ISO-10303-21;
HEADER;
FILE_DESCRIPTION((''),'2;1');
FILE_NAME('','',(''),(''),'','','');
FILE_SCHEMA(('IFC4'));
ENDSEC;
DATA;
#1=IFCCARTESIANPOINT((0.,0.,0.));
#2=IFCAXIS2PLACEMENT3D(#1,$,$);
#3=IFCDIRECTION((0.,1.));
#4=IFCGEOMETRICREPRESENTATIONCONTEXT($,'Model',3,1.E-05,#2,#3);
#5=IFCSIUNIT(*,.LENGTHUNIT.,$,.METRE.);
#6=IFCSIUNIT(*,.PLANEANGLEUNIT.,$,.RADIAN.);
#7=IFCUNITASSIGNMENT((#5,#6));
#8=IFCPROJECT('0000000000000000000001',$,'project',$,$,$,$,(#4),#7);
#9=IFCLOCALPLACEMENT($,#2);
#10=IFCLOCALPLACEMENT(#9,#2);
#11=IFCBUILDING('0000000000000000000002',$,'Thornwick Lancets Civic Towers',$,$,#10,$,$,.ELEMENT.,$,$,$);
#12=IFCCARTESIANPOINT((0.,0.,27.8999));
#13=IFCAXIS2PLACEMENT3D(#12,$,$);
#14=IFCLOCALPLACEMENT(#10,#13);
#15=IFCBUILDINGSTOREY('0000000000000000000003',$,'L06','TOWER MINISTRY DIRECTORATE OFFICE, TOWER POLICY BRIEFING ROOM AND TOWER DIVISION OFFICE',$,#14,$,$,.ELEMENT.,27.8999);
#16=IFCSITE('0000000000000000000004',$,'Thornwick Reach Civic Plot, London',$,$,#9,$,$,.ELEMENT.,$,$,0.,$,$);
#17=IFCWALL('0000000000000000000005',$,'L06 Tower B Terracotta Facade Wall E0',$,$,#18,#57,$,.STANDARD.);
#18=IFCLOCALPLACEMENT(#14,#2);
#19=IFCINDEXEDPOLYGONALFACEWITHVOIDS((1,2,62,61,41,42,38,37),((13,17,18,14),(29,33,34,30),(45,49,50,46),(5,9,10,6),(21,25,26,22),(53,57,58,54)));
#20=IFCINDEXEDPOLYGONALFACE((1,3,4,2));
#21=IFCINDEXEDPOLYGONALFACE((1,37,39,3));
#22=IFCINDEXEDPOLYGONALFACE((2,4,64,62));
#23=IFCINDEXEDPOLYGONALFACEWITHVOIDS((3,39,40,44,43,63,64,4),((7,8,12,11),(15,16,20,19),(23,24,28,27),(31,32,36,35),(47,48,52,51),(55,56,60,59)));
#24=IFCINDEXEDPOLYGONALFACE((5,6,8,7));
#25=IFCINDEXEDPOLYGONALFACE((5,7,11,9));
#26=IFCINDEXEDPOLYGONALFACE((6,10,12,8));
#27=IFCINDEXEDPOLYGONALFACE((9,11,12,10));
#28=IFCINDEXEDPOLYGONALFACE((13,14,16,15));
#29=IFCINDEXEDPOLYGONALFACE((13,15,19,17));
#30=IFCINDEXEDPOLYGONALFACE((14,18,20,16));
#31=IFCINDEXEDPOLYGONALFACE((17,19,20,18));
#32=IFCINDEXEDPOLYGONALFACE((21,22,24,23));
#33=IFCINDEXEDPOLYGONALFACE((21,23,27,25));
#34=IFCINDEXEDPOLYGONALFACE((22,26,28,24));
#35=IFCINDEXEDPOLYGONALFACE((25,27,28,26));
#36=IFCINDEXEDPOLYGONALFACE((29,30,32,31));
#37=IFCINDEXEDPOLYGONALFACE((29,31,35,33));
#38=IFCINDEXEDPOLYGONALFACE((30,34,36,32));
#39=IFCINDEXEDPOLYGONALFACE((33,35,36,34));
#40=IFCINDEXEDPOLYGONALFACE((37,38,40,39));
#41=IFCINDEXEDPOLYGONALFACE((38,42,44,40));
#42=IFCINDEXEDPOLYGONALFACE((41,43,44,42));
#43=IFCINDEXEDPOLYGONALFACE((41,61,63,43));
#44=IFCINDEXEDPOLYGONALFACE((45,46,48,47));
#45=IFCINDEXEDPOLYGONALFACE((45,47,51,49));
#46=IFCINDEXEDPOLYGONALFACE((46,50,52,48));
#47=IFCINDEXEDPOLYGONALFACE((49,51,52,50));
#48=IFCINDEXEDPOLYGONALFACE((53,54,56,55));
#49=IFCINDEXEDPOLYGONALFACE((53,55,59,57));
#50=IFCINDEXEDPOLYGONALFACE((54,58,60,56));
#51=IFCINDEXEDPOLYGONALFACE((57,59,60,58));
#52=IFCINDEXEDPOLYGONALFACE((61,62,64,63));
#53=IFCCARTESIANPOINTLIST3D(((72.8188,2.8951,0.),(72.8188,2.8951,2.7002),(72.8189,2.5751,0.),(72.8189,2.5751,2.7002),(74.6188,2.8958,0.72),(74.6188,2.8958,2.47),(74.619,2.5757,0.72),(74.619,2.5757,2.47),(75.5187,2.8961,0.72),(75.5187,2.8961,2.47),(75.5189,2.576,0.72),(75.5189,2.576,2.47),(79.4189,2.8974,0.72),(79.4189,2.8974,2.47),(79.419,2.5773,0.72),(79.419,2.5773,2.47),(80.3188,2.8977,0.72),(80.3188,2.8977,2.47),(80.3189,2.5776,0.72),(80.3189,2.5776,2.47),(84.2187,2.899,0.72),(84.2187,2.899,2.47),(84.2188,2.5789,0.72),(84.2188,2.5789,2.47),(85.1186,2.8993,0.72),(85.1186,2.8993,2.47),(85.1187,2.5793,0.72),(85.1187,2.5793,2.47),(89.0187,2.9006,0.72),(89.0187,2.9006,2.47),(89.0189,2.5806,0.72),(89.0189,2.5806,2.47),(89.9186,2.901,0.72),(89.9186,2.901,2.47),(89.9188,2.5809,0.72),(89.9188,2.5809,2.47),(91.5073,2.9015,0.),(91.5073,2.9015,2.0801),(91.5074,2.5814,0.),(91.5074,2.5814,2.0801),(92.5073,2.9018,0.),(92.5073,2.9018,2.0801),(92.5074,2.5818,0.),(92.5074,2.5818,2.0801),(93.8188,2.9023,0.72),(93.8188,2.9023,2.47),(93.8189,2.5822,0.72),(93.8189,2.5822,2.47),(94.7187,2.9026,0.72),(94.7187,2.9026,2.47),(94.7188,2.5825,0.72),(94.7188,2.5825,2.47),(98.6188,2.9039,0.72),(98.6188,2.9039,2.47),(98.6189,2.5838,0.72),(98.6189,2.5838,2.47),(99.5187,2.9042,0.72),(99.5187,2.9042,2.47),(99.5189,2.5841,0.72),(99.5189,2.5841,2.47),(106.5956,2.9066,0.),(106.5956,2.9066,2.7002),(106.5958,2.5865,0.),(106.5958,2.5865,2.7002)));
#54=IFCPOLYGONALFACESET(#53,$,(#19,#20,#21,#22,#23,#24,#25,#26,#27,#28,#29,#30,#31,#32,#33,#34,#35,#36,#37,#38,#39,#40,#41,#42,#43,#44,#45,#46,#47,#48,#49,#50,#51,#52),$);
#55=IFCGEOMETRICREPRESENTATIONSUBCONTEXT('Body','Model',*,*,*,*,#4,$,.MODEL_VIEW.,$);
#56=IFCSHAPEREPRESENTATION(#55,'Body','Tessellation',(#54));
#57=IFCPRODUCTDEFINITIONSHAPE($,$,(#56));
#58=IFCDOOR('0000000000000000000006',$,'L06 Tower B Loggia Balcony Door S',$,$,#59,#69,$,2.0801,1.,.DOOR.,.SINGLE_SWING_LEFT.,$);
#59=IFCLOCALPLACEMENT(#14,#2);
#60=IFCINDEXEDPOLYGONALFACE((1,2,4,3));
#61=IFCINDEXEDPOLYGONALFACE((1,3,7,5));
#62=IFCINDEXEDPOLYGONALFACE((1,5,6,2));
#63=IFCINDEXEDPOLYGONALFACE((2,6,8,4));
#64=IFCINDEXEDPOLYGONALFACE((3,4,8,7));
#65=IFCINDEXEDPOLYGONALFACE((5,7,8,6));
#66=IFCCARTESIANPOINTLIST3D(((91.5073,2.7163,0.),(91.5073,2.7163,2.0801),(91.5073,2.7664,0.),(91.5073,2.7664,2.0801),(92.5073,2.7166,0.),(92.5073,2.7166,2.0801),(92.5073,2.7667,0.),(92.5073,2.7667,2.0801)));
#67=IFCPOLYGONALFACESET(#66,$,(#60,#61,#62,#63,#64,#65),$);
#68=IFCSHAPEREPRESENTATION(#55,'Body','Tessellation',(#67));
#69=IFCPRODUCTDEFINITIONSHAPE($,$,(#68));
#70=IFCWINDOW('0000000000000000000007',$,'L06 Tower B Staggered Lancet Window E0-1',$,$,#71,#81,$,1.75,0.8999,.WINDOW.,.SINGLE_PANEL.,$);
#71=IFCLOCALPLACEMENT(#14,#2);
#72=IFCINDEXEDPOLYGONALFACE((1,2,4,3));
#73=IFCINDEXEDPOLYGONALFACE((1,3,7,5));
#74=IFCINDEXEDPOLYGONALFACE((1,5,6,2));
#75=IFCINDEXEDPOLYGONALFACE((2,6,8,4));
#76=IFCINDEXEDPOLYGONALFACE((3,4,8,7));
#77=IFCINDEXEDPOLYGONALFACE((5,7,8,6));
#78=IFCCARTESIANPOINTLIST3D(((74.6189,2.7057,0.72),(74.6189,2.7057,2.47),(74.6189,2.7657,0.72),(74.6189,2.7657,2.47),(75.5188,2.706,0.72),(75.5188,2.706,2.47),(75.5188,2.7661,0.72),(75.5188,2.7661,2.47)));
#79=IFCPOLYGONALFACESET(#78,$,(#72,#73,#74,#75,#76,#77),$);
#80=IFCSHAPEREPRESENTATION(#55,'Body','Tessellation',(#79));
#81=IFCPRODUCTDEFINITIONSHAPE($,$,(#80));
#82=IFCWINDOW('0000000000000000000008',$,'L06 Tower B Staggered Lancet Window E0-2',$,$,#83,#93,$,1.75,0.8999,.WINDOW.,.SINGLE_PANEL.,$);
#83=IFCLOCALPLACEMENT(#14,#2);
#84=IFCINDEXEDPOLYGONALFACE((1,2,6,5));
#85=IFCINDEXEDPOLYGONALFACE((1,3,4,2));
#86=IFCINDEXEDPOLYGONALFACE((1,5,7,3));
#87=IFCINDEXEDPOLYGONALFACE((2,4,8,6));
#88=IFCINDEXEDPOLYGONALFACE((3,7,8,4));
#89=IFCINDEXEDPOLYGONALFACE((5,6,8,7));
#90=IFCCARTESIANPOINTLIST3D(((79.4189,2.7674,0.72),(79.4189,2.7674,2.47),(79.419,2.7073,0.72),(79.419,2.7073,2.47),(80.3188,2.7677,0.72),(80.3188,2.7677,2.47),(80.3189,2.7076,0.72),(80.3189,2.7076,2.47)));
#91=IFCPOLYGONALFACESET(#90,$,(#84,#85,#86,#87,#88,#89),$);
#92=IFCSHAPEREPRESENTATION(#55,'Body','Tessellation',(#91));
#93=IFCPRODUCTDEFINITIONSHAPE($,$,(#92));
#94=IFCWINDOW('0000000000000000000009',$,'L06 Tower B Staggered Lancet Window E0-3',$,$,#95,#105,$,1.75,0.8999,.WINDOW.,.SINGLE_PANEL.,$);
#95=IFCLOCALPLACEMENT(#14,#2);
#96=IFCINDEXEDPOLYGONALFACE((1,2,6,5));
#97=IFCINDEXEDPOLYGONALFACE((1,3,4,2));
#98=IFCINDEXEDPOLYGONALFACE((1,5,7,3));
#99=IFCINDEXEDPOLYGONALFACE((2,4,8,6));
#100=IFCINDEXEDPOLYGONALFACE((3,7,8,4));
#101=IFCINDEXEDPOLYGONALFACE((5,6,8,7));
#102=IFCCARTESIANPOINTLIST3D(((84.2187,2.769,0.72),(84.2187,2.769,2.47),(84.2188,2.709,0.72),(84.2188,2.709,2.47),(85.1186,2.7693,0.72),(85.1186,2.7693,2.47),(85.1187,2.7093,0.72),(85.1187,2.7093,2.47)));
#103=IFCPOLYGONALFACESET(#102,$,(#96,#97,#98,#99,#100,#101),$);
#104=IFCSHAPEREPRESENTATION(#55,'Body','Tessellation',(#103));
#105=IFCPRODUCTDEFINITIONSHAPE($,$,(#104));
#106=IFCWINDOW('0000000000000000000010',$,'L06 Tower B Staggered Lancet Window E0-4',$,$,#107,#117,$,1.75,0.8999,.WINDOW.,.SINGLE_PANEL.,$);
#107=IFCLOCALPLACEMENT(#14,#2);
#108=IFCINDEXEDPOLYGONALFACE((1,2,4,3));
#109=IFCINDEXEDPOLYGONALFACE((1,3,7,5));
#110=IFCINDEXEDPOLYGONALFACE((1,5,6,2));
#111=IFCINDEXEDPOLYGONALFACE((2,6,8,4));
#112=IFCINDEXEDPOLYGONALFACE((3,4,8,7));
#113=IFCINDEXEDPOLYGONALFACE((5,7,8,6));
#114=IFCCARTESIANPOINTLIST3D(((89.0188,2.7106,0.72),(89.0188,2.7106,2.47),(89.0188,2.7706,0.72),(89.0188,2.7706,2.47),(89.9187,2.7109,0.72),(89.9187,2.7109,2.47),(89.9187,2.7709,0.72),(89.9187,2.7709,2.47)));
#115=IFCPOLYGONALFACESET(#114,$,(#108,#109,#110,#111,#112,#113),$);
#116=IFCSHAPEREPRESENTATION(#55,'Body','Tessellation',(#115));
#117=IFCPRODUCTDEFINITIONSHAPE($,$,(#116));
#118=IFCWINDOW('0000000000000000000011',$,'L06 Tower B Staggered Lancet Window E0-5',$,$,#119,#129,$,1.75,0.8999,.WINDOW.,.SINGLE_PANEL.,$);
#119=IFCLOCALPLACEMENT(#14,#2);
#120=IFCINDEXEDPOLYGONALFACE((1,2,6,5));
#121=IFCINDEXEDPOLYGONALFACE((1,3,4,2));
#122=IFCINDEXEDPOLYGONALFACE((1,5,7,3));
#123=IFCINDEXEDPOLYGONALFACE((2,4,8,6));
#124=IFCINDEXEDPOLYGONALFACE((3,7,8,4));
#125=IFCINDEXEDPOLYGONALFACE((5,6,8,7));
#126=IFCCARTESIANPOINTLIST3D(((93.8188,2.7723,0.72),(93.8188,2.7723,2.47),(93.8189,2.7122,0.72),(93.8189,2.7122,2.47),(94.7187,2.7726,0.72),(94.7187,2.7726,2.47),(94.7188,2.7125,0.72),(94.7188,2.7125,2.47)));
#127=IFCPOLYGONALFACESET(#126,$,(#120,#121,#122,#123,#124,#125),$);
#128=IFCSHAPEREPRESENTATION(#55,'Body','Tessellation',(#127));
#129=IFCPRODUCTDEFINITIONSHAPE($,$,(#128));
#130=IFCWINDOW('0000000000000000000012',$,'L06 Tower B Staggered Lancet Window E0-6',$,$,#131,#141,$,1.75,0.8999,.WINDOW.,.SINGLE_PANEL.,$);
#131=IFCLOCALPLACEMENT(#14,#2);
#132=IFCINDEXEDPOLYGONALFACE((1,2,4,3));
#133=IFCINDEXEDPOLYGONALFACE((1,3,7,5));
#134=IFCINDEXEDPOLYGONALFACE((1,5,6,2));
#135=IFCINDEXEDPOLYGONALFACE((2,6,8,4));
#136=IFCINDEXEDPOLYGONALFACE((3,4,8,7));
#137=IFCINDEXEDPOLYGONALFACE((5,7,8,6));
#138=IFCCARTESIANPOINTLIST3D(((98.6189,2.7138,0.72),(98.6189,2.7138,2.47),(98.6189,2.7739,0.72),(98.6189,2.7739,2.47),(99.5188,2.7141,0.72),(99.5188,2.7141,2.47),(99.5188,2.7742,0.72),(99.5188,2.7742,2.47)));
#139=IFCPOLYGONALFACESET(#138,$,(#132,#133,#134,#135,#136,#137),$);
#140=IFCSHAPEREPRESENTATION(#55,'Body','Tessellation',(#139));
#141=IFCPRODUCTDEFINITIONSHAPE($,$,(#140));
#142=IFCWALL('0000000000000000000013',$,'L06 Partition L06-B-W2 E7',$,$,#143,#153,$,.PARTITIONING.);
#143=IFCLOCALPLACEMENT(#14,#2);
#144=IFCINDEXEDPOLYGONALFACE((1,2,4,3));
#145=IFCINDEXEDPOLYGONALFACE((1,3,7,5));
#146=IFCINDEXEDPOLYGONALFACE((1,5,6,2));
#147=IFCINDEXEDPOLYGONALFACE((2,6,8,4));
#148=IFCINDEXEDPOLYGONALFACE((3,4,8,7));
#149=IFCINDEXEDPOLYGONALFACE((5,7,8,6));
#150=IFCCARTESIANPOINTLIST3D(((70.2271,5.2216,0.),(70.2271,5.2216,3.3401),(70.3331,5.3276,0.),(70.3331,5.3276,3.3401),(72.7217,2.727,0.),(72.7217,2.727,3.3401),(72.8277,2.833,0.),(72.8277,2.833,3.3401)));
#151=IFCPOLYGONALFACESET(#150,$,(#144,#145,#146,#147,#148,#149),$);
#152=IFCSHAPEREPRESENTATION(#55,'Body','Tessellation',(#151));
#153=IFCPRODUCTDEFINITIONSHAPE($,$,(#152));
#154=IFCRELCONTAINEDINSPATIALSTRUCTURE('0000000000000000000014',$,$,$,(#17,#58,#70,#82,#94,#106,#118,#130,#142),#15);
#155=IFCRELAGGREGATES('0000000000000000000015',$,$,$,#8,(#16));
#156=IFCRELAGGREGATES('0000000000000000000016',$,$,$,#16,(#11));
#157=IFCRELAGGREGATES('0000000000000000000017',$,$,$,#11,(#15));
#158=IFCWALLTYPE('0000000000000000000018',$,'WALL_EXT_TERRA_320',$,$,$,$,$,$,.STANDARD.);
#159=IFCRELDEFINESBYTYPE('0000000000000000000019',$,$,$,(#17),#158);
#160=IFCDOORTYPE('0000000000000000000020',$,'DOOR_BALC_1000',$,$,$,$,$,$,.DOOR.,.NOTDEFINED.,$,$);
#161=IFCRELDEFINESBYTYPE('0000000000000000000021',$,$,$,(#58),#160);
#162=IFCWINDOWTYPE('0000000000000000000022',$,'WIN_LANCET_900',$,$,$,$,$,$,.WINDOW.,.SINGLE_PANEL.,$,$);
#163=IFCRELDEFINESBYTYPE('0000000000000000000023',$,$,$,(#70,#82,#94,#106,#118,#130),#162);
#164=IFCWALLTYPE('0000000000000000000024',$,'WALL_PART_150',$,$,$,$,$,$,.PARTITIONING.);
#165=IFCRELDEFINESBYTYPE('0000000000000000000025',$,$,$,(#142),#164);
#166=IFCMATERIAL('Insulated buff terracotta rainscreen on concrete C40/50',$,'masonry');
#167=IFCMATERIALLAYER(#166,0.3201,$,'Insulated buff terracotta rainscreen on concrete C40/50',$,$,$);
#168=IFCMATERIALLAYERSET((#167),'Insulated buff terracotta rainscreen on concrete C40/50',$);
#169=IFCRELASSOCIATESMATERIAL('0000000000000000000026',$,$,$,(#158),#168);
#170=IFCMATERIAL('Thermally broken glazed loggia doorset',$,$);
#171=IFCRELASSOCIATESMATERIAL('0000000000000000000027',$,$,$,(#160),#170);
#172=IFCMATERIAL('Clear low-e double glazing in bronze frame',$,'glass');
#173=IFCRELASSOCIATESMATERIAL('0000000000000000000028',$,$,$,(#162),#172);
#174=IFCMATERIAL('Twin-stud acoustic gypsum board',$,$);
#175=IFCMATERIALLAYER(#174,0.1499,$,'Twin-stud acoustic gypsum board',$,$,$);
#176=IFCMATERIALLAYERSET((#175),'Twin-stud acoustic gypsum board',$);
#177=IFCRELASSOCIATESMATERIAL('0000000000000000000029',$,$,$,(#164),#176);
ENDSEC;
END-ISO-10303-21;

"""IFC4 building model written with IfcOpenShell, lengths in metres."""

from ifc_helpers import new_model, si_unit, direction, frame, frame_2d, origin, place, context, subcontext, project, spatial, rectangle, extrude, material, layer, layer_set, type_object, element, fill, save


model = new_model("IFC4")

# Units and contexts
model_context = context("Model", 3, precision=1e-05, world=origin(), true_north=direction((0.0, 1.0)))
body_context = subcontext(model_context, "Body", "Model", "MODEL_VIEW")
ifc_project = project(units=[si_unit("LENGTHUNIT", "METRE"), si_unit("PLANEANGLEUNIT", "RADIAN")], contexts=[model_context])

# Site, building, storey
site_placement = place(None, origin())
site = spatial("IfcSite", under=ifc_project, at=site_placement, Name="Thornwick Reach Civic Plot, London", CompositionType="ELEMENT", RefElevation=0.0)
building_placement = place(site_placement, origin())
building = spatial("IfcBuilding", under=site, at=building_placement, Name="Thornwick Lancets Civic Towers", CompositionType="ELEMENT")
storey_placement = place(building_placement, frame((0.0, 0.0, 27.8999)))
storey = spatial("IfcBuildingStorey", under=building, at=storey_placement, Name="L06", Description="TOWER MINISTRY DIRECTORATE OFFICE, TOWER POLICY BRIEFING ROOM AND TOWER DIVISION OFFICE", CompositionType="ELEMENT", Elevation=27.8999)

# Wall, openings, door, windows
ifc_material_1 = material(Name="Insulated buff terracotta rainscreen on concrete C40/50", Category="masonry")
ifc_layer_1 = layer(ifc_material_1, 0.3201, Name="Insulated buff terracotta rainscreen on concrete C40/50")
ifc_layer_set_1 = layer_set([ifc_layer_1], Name="Insulated buff terracotta rainscreen on concrete C40/50")
wall_type_1 = type_object("IfcWallType", Name="WALL_EXT_TERRA_320", PredefinedType="STANDARD", material=ifc_layer_set_1)
wall_1_placement = place(storey_placement, frame((72.8188, 2.7351, 0.0), z_axis=(0.0, 0.0, 1.0), x_axis=(1.0, 0.00034, 0.0)))
wall_1 = element("IfcWall", 1, at=wall_1_placement, inside=storey, type_object=wall_type_1, Name="L06 Tower B Terracotta Facade Wall E0", PredefinedType="STANDARD", context=body_context, shape_type="SweptSolid", body=[
    extrude(rectangle(XDim=33.7769, YDim=0.3201, at=frame_2d((16.8884, 0.0))), origin(), (0.0, 0.0, 1.0), 2.7002),
])
opening_1_placement = place(wall_1_placement, frame((18.6885, 0.0, 0.0)))
opening_1 = element("IfcOpeningElement", 2, at=opening_1_placement, cuts=wall_1, PredefinedType="OPENING", context=body_context, shape_type="SweptSolid", body=[
    extrude(rectangle(XDim=1.0, YDim=2.0801, at=frame_2d((0.5, 1.04))), frame((0.0, 0.1699, 0.0), z_axis=(0.0, -1.0, 0.0), x_axis=(1.0, 0.0, 0.0)), (0.0, 0.0, 1.0), 0.3401),
])
opening_2_placement = place(wall_1_placement, frame((1.8, 0.0, 0.72)))
opening_2 = element("IfcOpeningElement", 3, at=opening_2_placement, cuts=wall_1, PredefinedType="OPENING", context=body_context, shape_type="SweptSolid", body=[
    extrude(rectangle(XDim=0.8999, YDim=1.75, at=frame_2d((0.45, 0.875))), frame((0.0, 0.1699, 0.0), z_axis=(0.0, -1.0, 0.0), x_axis=(1.0, 0.0, 0.0)), (0.0, 0.0, 1.0), 0.3401),
])
opening_3_placement = place(wall_1_placement, frame((6.6001, 0.0, 0.72)))
opening_3 = element("IfcOpeningElement", 4, at=opening_3_placement, cuts=wall_1, PredefinedType="OPENING", context=body_context, shape_type="SweptSolid", body=[
    extrude(rectangle(XDim=0.8999, YDim=1.75, at=frame_2d((0.45, 0.875))), frame((0.0, 0.1699, 0.0), z_axis=(0.0, -1.0, 0.0), x_axis=(1.0, 0.0, 0.0)), (0.0, 0.0, 1.0), 0.3401),
])
opening_4_placement = place(wall_1_placement, frame((11.3999, 0.0, 0.72)))
opening_4 = element("IfcOpeningElement", 5, at=opening_4_placement, cuts=wall_1, PredefinedType="OPENING", context=body_context, shape_type="SweptSolid", body=[
    extrude(rectangle(XDim=0.8999, YDim=1.75, at=frame_2d((0.45, 0.875))), frame((0.0, 0.1699, 0.0), z_axis=(0.0, -1.0, 0.0), x_axis=(1.0, 0.0, 0.0)), (0.0, 0.0, 1.0), 0.3401),
])
opening_5_placement = place(wall_1_placement, frame((16.2, 0.0, 0.72)))
opening_5 = element("IfcOpeningElement", 6, at=opening_5_placement, cuts=wall_1, PredefinedType="OPENING", context=body_context, shape_type="SweptSolid", body=[
    extrude(rectangle(XDim=0.8999, YDim=1.75, at=frame_2d((0.45, 0.875))), frame((0.0, 0.1699, 0.0), z_axis=(0.0, -1.0, 0.0), x_axis=(1.0, 0.0, 0.0)), (0.0, 0.0, 1.0), 0.3401),
])
opening_6_placement = place(wall_1_placement, frame((21.0, 0.0, 0.72)))
opening_6 = element("IfcOpeningElement", 7, at=opening_6_placement, cuts=wall_1, PredefinedType="OPENING", context=body_context, shape_type="SweptSolid", body=[
    extrude(rectangle(XDim=0.8999, YDim=1.75, at=frame_2d((0.45, 0.875))), frame((0.0, 0.1699, 0.0), z_axis=(0.0, -1.0, 0.0), x_axis=(1.0, 0.0, 0.0)), (0.0, 0.0, 1.0), 0.3401),
])
opening_7_placement = place(wall_1_placement, frame((25.8, 0.0, 0.72)))
opening_7 = element("IfcOpeningElement", 8, at=opening_7_placement, cuts=wall_1, PredefinedType="OPENING", context=body_context, shape_type="SweptSolid", body=[
    extrude(rectangle(XDim=0.8999, YDim=1.75, at=frame_2d((0.45, 0.875))), frame((0.0, 0.1699, 0.0), z_axis=(0.0, -1.0, 0.0), x_axis=(1.0, 0.0, 0.0)), (0.0, 0.0, 1.0), 0.3401),
])
ifc_material_2 = material(Name="Thermally broken glazed loggia doorset")
door_type = type_object("IfcDoorType", Name="DOOR_BALC_1000", OperationType="NOTDEFINED", PredefinedType="DOOR", material=ifc_material_2)
door_placement = place(opening_1_placement, origin())
door = element("IfcDoor", 9, at=door_placement, inside=storey, type_object=door_type, Name="L06 Tower B Loggia Balcony Door S", OperationType="SINGLE_SWING_LEFT", OverallHeight=2.0801, OverallWidth=1.0, PredefinedType="DOOR", context=body_context, shape_type="SweptSolid", body=[
    extrude(rectangle(XDim=1.0, YDim=2.0801, at=frame_2d((0.5, 1.04))), frame((0.0, 0.0249, 0.0), z_axis=(0.0, -1.0, 0.0), x_axis=(1.0, 0.0, 0.0)), (0.0, 0.0, 1.0), 0.05),
])
fill(opening_1, door)
ifc_material_3 = material(Name="Clear low-e double glazing in bronze frame", Category="glass")
window_type = type_object("IfcWindowType", Name="WIN_LANCET_900", PartitioningType="SINGLE_PANEL", PredefinedType="WINDOW", material=ifc_material_3)
window_1_placement = place(opening_2_placement, origin())
window_1 = element("IfcWindow", 10, at=window_1_placement, inside=storey, type_object=window_type, Name="L06 Tower B Staggered Lancet Window E0-1", OverallHeight=1.75, OverallWidth=0.8999, PartitioningType="SINGLE_PANEL", PredefinedType="WINDOW", context=body_context, shape_type="SweptSolid", body=[
    extrude(rectangle(XDim=0.8999, YDim=1.75, at=frame_2d((0.45, 0.875))), frame((0.0, 0.03, 0.0), z_axis=(0.0, -1.0, 0.0), x_axis=(1.0, 0.0, 0.0)), (0.0, 0.0, 1.0), 0.0601),
])
fill(opening_2, window_1)
window_2_placement = place(opening_3_placement, origin())
window_2 = element("IfcWindow", 11, at=window_2_placement, inside=storey, type_object=window_type, Name="L06 Tower B Staggered Lancet Window E0-2", OverallHeight=1.75, OverallWidth=0.8999, PartitioningType="SINGLE_PANEL", PredefinedType="WINDOW", context=body_context, shape_type="SweptSolid", body=[
    extrude(rectangle(XDim=0.8999, YDim=1.75, at=frame_2d((0.45, 0.875))), frame((0.0, 0.03, 0.0), z_axis=(0.0, -1.0, 0.0), x_axis=(1.0, 0.0, 0.0)), (0.0, 0.0, 1.0), 0.0601),
])
fill(opening_3, window_2)
window_3_placement = place(opening_4_placement, origin())
window_3 = element("IfcWindow", 12, at=window_3_placement, inside=storey, type_object=window_type, Name="L06 Tower B Staggered Lancet Window E0-3", OverallHeight=1.75, OverallWidth=0.8999, PartitioningType="SINGLE_PANEL", PredefinedType="WINDOW", context=body_context, shape_type="SweptSolid", body=[
    extrude(rectangle(XDim=0.8999, YDim=1.75, at=frame_2d((0.45, 0.875))), frame((0.0, 0.03, 0.0), z_axis=(0.0, -1.0, 0.0), x_axis=(1.0, 0.0, 0.0)), (0.0, 0.0, 1.0), 0.0601),
])
fill(opening_4, window_3)
window_4_placement = place(opening_5_placement, origin())
window_4 = element("IfcWindow", 13, at=window_4_placement, inside=storey, type_object=window_type, Name="L06 Tower B Staggered Lancet Window E0-4", OverallHeight=1.75, OverallWidth=0.8999, PartitioningType="SINGLE_PANEL", PredefinedType="WINDOW", context=body_context, shape_type="SweptSolid", body=[
    extrude(rectangle(XDim=0.8999, YDim=1.75, at=frame_2d((0.45, 0.875))), frame((0.0, 0.03, 0.0), z_axis=(0.0, -1.0, 0.0), x_axis=(1.0, 0.0, 0.0)), (0.0, 0.0, 1.0), 0.0601),
])
fill(opening_5, window_4)
window_5_placement = place(opening_6_placement, origin())
window_5 = element("IfcWindow", 14, at=window_5_placement, inside=storey, type_object=window_type, Name="L06 Tower B Staggered Lancet Window E0-5", OverallHeight=1.75, OverallWidth=0.8999, PartitioningType="SINGLE_PANEL", PredefinedType="WINDOW", context=body_context, shape_type="SweptSolid", body=[
    extrude(rectangle(XDim=0.8999, YDim=1.75, at=frame_2d((0.45, 0.875))), frame((0.0, 0.03, 0.0), z_axis=(0.0, -1.0, 0.0), x_axis=(1.0, 0.0, 0.0)), (0.0, 0.0, 1.0), 0.0601),
])
fill(opening_6, window_5)
window_6_placement = place(opening_7_placement, origin())
window_6 = element("IfcWindow", 15, at=window_6_placement, inside=storey, type_object=window_type, Name="L06 Tower B Staggered Lancet Window E0-6", OverallHeight=1.75, OverallWidth=0.8999, PartitioningType="SINGLE_PANEL", PredefinedType="WINDOW", context=body_context, shape_type="SweptSolid", body=[
    extrude(rectangle(XDim=0.8999, YDim=1.75, at=frame_2d((0.45, 0.875))), frame((0.0, 0.03, 0.0), z_axis=(0.0, -1.0, 0.0), x_axis=(1.0, 0.0, 0.0)), (0.0, 0.0, 1.0), 0.0601),
])
fill(opening_7, window_6)

# Wall
ifc_material_4 = material(Name="Twin-stud acoustic gypsum board")
ifc_layer_2 = layer(ifc_material_4, 0.1499, Name="Twin-stud acoustic gypsum board")
ifc_layer_set_2 = layer_set([ifc_layer_2], Name="Twin-stud acoustic gypsum board")
wall_type_2 = type_object("IfcWallType", Name="WALL_PART_150", PredefinedType="PARTITIONING", material=ifc_layer_set_2)
wall_2_placement = place(storey_placement, frame((72.7747, 2.78, 0.0), z_axis=(0.0, 0.0, 1.0), x_axis=(-0.707107, 0.707107, 0.0)))
element("IfcWall", 16, at=wall_2_placement, inside=storey, type_object=wall_type_2, Name="L06 Partition L06-B-W2 E7", PredefinedType="PARTITIONING", context=body_context, shape_type="SweptSolid", body=[
    extrude(rectangle(XDim=3.5278, YDim=0.1499, at=frame_2d((1.7639, 0.0))), origin(), (0.0, 0.0, 1.0), 3.3401),
])

save(model, "model.ifc")
